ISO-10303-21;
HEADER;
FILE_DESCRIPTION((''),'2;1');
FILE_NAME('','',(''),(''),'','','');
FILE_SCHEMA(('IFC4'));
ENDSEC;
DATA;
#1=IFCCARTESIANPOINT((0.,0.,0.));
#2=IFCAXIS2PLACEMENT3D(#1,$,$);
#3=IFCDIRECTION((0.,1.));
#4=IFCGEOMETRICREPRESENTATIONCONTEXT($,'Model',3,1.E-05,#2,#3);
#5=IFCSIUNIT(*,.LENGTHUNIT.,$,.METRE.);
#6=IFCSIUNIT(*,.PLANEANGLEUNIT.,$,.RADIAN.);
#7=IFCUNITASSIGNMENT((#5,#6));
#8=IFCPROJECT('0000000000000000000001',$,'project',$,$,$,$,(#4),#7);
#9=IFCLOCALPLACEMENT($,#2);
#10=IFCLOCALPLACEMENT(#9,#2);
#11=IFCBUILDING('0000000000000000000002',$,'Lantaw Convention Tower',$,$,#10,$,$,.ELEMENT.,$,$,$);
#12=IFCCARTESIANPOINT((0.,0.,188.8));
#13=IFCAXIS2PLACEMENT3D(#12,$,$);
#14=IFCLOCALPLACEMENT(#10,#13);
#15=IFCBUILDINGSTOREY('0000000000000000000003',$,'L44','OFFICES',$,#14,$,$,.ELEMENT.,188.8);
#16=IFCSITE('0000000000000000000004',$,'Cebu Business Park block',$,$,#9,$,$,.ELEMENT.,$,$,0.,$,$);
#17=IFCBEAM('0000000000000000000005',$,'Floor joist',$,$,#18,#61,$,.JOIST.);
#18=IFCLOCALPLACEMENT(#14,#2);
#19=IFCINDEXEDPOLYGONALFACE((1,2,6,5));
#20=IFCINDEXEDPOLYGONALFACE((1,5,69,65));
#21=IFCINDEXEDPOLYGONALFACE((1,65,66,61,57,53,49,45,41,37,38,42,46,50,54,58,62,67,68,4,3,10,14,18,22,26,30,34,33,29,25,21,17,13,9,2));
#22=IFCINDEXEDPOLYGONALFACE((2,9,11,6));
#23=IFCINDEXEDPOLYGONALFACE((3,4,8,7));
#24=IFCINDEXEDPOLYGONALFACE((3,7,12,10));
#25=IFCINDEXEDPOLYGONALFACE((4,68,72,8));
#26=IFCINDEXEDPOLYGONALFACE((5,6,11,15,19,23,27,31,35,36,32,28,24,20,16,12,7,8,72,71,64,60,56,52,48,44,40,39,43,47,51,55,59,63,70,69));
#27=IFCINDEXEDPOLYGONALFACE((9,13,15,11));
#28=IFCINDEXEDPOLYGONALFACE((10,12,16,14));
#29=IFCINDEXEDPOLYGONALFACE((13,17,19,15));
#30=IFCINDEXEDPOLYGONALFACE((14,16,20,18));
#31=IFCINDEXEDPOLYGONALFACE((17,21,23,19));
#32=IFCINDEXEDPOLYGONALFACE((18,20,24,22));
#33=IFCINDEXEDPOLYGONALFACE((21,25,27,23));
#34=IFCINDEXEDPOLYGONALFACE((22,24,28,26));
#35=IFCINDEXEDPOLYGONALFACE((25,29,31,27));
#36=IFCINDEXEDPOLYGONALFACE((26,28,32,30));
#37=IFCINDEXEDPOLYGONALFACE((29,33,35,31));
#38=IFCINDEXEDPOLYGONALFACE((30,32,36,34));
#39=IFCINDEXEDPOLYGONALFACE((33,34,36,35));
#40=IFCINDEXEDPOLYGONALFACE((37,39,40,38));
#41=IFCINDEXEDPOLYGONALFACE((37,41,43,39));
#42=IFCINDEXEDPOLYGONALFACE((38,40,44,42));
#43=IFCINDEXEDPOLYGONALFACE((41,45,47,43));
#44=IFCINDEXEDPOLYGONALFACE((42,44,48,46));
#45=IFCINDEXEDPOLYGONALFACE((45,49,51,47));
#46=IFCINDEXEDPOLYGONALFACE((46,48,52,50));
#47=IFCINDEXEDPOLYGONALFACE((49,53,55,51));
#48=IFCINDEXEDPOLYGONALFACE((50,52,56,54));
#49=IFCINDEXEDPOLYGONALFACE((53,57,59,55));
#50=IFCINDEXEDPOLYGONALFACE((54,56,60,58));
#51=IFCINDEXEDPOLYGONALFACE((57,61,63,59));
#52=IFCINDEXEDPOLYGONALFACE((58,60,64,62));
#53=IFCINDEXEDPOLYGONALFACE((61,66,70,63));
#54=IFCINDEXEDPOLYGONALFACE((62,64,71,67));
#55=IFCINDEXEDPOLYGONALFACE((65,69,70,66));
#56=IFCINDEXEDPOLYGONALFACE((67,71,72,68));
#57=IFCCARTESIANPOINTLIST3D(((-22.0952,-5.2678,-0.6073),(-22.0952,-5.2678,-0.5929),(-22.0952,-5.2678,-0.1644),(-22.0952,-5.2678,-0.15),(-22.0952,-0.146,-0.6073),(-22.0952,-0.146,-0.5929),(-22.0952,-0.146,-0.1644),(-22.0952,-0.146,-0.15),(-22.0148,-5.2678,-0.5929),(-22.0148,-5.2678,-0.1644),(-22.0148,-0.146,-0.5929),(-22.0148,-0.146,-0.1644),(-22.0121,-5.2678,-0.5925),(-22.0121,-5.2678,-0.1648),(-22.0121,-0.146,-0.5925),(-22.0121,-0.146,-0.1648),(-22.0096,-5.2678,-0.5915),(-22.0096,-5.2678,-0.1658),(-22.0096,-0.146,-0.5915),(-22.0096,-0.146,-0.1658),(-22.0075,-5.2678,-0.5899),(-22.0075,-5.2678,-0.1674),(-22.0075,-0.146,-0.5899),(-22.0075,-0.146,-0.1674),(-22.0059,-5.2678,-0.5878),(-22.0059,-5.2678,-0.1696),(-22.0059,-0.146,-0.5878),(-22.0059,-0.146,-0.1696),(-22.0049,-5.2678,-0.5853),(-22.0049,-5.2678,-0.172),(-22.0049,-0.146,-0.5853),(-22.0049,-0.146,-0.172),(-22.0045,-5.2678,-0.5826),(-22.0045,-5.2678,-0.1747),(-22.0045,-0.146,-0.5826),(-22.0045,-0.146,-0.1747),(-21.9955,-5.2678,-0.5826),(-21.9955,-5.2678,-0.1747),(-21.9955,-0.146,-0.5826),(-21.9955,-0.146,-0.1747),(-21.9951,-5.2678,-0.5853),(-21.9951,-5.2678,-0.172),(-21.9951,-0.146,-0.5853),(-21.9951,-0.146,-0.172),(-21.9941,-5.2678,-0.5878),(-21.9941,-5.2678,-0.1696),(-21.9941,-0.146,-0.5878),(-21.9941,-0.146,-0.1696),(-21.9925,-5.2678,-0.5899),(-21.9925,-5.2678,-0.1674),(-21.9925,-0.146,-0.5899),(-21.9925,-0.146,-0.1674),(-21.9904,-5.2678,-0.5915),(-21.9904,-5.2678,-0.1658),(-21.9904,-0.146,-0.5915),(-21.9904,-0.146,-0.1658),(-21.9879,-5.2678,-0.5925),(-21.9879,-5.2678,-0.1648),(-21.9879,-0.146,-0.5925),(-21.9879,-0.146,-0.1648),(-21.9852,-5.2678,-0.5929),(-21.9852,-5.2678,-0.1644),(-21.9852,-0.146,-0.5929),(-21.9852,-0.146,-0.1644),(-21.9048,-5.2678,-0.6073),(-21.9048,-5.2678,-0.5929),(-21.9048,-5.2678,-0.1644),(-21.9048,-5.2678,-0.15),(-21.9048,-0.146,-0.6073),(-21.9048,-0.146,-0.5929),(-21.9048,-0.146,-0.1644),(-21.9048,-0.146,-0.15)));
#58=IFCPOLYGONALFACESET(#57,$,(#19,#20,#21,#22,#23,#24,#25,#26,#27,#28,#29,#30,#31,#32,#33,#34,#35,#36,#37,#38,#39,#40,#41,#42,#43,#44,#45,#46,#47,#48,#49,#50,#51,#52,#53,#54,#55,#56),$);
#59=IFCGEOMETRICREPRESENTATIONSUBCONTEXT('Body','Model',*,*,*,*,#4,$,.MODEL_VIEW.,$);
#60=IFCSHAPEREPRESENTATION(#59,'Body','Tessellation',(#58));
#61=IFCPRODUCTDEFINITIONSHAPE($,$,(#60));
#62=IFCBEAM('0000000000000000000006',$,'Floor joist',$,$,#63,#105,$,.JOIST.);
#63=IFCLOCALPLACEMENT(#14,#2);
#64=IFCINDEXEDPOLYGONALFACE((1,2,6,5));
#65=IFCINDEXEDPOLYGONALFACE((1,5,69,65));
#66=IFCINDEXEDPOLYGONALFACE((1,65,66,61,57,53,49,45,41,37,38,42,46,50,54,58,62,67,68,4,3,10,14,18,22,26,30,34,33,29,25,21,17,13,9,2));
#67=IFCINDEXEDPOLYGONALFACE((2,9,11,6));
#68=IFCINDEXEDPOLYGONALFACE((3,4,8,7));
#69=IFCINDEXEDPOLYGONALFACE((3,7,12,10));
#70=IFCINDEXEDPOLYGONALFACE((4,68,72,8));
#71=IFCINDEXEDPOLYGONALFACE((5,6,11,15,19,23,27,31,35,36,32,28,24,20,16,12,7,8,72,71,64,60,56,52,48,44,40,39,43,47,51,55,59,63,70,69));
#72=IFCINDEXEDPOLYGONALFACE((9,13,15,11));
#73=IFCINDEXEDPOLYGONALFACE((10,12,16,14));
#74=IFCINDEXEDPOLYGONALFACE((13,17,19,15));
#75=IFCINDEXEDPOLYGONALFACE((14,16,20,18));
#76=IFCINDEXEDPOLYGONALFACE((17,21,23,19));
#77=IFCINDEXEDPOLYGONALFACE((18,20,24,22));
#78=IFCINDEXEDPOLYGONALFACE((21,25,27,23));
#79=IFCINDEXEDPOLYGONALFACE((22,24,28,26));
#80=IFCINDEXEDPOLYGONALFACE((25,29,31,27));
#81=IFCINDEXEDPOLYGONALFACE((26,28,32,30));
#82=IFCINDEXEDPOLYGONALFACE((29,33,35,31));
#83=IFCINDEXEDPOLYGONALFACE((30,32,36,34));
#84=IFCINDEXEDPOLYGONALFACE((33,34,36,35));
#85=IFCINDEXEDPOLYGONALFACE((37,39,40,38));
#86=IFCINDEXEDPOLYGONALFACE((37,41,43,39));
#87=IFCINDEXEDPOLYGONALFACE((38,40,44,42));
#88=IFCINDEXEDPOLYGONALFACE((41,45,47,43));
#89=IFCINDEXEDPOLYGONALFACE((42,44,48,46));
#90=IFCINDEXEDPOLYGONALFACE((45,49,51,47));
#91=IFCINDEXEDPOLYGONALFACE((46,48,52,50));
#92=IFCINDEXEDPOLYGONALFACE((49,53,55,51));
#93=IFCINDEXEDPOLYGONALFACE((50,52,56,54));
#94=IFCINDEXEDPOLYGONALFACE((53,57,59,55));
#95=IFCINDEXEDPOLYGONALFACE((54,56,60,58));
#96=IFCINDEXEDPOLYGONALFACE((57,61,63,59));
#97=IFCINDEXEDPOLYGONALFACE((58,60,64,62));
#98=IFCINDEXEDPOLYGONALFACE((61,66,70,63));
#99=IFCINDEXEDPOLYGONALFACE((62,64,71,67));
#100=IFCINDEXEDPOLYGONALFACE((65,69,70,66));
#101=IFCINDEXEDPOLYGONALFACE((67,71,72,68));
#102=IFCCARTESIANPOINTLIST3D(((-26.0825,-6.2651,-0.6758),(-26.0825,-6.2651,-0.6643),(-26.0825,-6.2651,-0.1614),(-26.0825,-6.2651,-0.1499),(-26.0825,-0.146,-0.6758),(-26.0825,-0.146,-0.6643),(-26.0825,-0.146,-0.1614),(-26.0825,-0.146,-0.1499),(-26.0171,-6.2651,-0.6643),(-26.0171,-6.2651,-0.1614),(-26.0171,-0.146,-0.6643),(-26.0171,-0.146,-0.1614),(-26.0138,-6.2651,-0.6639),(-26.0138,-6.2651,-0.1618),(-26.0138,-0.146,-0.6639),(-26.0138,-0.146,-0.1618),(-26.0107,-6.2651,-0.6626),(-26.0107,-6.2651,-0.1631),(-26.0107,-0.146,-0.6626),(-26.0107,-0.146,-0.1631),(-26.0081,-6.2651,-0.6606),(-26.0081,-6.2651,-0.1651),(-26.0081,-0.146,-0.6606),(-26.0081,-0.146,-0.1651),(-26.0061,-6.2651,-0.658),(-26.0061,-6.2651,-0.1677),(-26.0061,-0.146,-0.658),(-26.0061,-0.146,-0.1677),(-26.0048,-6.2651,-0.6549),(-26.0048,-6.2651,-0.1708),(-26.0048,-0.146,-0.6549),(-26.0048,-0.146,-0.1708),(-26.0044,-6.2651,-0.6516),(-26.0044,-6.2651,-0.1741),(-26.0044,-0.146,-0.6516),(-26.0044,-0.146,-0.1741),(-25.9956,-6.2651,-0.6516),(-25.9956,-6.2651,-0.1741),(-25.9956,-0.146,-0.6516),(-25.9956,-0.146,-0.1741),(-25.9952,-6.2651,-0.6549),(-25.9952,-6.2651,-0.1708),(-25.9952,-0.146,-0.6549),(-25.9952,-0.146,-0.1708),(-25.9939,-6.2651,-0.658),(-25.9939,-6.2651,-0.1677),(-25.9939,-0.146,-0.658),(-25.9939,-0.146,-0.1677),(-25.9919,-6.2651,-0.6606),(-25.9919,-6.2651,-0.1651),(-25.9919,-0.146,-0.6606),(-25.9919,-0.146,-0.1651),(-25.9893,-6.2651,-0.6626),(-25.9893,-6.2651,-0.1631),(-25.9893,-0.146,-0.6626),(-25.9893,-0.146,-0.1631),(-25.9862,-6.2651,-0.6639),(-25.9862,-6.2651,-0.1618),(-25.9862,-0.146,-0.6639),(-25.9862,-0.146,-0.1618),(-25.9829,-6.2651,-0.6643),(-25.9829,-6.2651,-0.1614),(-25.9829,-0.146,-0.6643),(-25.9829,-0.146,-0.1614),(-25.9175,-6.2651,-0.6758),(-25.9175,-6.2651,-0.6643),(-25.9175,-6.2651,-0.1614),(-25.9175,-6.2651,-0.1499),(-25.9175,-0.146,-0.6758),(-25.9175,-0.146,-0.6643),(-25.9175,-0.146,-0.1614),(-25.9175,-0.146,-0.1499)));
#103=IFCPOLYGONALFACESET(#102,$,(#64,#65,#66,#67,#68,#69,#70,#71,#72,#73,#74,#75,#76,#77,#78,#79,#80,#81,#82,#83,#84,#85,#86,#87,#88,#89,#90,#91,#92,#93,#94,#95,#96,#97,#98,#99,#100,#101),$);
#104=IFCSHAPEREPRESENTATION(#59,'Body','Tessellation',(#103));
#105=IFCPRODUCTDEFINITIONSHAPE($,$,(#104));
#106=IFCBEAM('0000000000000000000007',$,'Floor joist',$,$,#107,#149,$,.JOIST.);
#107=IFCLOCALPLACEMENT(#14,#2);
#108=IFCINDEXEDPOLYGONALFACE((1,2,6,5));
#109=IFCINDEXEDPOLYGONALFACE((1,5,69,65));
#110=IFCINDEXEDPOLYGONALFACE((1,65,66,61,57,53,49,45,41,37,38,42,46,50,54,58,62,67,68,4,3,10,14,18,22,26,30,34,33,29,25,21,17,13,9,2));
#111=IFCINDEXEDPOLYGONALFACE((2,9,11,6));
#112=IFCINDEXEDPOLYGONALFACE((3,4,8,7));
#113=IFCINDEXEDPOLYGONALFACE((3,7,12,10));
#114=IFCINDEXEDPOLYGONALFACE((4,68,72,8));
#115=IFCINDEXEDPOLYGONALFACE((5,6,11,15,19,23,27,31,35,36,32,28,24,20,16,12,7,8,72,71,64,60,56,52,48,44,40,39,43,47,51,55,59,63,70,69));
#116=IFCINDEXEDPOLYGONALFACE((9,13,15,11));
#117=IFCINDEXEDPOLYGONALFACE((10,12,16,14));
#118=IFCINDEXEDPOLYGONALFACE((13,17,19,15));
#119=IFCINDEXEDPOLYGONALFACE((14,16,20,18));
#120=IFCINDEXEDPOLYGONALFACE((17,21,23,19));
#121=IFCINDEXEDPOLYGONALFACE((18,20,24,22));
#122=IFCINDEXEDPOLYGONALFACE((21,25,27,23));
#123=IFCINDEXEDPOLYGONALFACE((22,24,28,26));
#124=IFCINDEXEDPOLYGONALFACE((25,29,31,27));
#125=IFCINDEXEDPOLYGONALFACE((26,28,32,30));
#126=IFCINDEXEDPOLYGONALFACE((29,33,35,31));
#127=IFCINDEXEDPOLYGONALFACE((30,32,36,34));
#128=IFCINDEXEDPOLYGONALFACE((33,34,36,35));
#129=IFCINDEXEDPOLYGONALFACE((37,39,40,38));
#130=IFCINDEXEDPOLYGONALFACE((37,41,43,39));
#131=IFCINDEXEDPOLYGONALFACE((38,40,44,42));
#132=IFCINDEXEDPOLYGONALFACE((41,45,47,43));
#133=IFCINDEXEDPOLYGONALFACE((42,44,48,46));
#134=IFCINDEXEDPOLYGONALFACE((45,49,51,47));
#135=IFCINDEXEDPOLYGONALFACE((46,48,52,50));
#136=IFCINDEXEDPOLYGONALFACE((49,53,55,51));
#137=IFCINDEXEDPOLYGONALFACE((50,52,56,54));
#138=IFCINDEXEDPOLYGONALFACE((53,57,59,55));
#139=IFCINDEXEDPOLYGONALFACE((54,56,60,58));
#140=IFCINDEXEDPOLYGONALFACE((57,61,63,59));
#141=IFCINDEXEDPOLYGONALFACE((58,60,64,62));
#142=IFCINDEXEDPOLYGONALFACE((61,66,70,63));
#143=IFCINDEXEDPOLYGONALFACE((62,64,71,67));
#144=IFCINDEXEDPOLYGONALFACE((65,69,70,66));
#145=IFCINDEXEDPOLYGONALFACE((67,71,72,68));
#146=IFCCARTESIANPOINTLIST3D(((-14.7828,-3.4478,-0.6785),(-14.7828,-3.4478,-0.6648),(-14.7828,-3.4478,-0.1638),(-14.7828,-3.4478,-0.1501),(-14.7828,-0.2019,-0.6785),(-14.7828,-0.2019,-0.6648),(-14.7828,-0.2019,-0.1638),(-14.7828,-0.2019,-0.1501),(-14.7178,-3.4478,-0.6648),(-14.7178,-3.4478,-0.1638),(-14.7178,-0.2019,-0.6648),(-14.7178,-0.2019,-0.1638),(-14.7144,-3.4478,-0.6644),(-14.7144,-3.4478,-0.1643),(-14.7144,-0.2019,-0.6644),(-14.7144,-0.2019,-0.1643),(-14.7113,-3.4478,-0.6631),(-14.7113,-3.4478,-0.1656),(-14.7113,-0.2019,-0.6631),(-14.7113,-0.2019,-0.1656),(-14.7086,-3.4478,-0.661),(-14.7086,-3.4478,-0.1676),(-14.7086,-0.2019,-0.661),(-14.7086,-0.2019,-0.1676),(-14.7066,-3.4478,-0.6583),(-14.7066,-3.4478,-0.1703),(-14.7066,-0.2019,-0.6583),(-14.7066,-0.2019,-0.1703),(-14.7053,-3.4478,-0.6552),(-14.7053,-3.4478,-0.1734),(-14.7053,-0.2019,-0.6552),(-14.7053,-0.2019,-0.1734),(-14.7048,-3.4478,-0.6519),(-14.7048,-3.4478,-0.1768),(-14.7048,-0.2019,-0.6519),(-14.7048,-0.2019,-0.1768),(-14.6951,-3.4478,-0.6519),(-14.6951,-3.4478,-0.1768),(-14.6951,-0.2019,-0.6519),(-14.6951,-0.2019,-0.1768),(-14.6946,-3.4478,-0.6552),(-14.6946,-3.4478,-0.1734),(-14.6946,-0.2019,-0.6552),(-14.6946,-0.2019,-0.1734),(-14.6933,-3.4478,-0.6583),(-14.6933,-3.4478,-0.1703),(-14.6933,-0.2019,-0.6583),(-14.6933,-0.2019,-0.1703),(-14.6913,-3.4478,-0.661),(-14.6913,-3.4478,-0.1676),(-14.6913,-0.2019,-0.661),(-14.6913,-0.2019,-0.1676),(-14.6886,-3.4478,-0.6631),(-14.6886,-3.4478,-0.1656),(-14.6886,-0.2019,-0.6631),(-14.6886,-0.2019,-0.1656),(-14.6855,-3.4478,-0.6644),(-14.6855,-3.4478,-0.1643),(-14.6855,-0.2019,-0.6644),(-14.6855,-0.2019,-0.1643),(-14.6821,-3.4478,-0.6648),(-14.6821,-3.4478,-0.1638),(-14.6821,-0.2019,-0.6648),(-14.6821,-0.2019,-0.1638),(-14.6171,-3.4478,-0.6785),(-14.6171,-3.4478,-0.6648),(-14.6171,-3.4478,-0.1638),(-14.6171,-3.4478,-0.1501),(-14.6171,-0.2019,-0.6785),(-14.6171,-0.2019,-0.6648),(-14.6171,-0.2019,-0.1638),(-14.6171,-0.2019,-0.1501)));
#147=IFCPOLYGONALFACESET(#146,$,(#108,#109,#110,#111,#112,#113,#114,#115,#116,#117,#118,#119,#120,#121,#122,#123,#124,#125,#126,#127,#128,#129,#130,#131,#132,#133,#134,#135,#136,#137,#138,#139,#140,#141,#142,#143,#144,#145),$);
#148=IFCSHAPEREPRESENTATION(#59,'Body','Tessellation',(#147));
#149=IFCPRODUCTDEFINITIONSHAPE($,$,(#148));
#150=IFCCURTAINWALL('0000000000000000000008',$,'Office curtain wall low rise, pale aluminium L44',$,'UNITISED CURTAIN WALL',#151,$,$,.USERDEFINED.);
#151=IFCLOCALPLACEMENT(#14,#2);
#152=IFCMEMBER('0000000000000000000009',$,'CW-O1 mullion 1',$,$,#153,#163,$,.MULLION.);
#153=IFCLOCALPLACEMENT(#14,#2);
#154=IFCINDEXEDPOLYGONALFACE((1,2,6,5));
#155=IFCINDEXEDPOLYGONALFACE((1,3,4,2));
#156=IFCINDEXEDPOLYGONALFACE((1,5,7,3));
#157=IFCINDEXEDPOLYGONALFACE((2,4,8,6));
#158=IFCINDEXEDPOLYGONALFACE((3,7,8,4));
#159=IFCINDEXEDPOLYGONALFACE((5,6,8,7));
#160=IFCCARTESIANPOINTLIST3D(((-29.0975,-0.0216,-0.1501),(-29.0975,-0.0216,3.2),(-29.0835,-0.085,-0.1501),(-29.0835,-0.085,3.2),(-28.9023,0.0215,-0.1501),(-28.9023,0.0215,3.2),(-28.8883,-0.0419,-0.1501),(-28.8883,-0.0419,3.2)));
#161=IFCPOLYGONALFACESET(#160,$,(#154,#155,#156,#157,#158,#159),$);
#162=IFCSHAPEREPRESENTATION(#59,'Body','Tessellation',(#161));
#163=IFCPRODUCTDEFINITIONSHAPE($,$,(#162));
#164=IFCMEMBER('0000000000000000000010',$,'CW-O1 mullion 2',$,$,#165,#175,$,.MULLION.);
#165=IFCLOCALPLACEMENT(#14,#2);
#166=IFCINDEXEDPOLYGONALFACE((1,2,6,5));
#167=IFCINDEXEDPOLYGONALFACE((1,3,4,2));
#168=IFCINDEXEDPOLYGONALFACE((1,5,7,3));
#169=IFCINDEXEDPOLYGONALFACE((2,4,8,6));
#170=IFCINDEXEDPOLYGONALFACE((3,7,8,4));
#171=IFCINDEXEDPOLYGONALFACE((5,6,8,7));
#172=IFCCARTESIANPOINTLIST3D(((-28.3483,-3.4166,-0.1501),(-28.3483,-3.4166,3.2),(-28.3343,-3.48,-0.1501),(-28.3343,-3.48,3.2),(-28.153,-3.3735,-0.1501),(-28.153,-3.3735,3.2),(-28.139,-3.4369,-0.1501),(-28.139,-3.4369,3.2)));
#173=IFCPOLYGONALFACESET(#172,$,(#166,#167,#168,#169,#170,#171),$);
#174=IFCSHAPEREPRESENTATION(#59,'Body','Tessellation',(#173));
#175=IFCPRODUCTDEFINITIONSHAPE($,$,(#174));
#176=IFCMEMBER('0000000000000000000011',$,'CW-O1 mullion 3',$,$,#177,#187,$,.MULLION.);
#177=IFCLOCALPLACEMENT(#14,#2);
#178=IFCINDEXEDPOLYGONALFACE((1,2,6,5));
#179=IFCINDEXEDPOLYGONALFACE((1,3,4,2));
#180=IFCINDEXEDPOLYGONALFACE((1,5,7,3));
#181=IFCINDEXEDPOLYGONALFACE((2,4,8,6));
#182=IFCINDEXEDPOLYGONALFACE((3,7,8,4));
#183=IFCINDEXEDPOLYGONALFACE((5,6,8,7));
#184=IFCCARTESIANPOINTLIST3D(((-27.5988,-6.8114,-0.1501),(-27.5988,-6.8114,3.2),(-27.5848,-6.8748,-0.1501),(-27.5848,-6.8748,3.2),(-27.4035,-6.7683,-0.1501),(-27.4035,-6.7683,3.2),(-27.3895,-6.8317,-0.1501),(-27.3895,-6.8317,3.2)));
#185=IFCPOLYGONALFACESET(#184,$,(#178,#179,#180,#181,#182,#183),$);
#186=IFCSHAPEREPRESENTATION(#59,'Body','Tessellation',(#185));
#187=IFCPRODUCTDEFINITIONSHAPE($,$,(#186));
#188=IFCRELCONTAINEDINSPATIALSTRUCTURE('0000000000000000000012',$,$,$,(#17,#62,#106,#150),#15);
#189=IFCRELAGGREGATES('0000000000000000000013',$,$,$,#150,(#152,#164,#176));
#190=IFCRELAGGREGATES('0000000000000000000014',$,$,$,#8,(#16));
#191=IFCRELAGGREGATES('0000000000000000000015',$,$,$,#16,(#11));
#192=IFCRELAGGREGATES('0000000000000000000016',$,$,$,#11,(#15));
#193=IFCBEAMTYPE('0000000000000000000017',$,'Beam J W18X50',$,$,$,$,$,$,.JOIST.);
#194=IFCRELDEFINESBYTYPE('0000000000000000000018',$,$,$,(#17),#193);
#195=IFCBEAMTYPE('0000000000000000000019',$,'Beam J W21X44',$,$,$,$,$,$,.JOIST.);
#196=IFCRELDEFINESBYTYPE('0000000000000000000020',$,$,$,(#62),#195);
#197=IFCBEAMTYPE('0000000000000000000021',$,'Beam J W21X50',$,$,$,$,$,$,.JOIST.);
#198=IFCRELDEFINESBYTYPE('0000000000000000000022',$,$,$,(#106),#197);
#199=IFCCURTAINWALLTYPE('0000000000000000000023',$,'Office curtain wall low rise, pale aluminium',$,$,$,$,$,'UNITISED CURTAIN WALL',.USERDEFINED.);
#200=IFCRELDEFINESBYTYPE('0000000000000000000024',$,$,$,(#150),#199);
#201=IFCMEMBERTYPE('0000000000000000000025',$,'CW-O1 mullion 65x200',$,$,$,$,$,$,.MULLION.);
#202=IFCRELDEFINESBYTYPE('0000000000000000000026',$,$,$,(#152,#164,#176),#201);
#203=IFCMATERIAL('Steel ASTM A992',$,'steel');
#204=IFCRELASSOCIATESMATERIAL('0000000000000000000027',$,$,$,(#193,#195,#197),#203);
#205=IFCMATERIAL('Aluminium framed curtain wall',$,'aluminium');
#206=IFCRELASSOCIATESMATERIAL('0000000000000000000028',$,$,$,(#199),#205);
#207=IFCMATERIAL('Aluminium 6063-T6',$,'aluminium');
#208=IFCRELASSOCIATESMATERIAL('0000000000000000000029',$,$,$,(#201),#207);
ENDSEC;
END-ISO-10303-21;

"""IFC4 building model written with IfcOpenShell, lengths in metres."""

from ifc_helpers import new_model, si_unit, direction, frame, origin, origin_2d, place, context, subcontext, project, spatial, rectangle, i_section, extrude, material, material_profile, profile_set, type_object, element, aggregate, save


model = new_model("IFC4")

# Units and contexts
model_context = context("Model", 3, precision=1e-05, world=origin(), true_north=direction((0.0, 1.0)))
body_context = subcontext(model_context, "Body", "Model", "MODEL_VIEW")
ifc_project = project(units=[si_unit("LENGTHUNIT", "METRE"), si_unit("PLANEANGLEUNIT", "RADIAN")], contexts=[model_context])

# Site, building, storey
site_placement = place(None, origin())
site = spatial("IfcSite", under=ifc_project, at=site_placement, Name="Cebu Business Park block", CompositionType="ELEMENT", RefElevation=0.0)
building_placement = place(site_placement, origin())
building = spatial("IfcBuilding", under=site, at=building_placement, Name="Lantaw Convention Tower", CompositionType="ELEMENT")
storey_placement = place(building_placement, frame((0.0, 0.0, 188.8)))
storey = spatial("IfcBuildingStorey", under=building, at=storey_placement, Name="L44", Description="OFFICES", CompositionType="ELEMENT", Elevation=188.8)

# Beams
ifc_material_1 = material(Name="Steel ASTM A992", Category="steel")
ifc_material_profile_1 = material_profile(ifc_material_1, i_section(OverallWidth=0.1904, OverallDepth=0.4573, WebThickness=0.009, FlangeThickness=0.0144, FilletRadius=0.0103, at=origin_2d()), Name="W18X50")
ifc_profile_set_1 = profile_set([ifc_material_profile_1], Name="Steel ASTM A992")
beam_type_1 = type_object("IfcBeamType", Name="Beam J W18X50", PredefinedType="JOIST", material=ifc_profile_set_1)
beam_1_placement = place(storey_placement, frame((-22.0, -5.2678, -0.3787), z_axis=(0.0, 1.0, 0.0), x_axis=(-1.0, 0.0, 0.0)))
element("IfcBeam", 1, at=beam_1_placement, inside=storey, type_object=beam_type_1, Name="Floor joist", PredefinedType="JOIST", context=body_context, shape_type="SweptSolid", body=[
    extrude(i_section(OverallWidth=0.1904, OverallDepth=0.4573, WebThickness=0.009, FlangeThickness=0.0144, FilletRadius=0.0103, at=origin_2d()), origin(), (0.0, 0.0, 1.0), 5.1218),
])
ifc_material_profile_2 = material_profile(ifc_material_1, i_section(OverallWidth=0.165, OverallDepth=0.5259, WebThickness=0.0088, FlangeThickness=0.0115, FilletRadius=0.0127, at=origin_2d()), Name="W21X44")
ifc_profile_set_2 = profile_set([ifc_material_profile_2], Name="Steel ASTM A992")
beam_type_2 = type_object("IfcBeamType", Name="Beam J W21X44", PredefinedType="JOIST", material=ifc_profile_set_2)
beam_2_placement = place(storey_placement, frame((-26.0, -6.2651, -0.4128), z_axis=(0.0, 1.0, 0.0), x_axis=(-1.0, 0.0, 0.0)))
element("IfcBeam", 2, at=beam_2_placement, inside=storey, type_object=beam_type_2, Name="Floor joist", PredefinedType="JOIST", context=body_context, shape_type="SweptSolid", body=[
    extrude(i_section(OverallWidth=0.165, OverallDepth=0.5259, WebThickness=0.0088, FlangeThickness=0.0115, FilletRadius=0.0127, at=origin_2d()), origin(), (0.0, 0.0, 1.0), 6.1191),
])
ifc_material_profile_3 = material_profile(ifc_material_1, i_section(OverallWidth=0.1658, OverallDepth=0.5283, WebThickness=0.0098, FlangeThickness=0.0137, FilletRadius=0.0129, at=origin_2d()), Name="W21X50")
ifc_profile_set_3 = profile_set([ifc_material_profile_3], Name="Steel ASTM A992")
beam_type_3 = type_object("IfcBeamType", Name="Beam J W21X50", PredefinedType="JOIST", material=ifc_profile_set_3)
beam_3_placement = place(storey_placement, frame((-14.7, -3.4478, -0.4143), z_axis=(0.0, 1.0, 0.0), x_axis=(-1.0, 0.0, 0.0)))
element("IfcBeam", 3, at=beam_3_placement, inside=storey, type_object=beam_type_3, Name="Floor joist", PredefinedType="JOIST", context=body_context, shape_type="SweptSolid", body=[
    extrude(i_section(OverallWidth=0.1658, OverallDepth=0.5283, WebThickness=0.0098, FlangeThickness=0.0137, FilletRadius=0.0129, at=origin_2d()), origin(), (0.0, 0.0, 1.0), 3.2458),
])

# Curtain wall, members
ifc_material_2 = material(Name="Aluminium framed curtain wall", Category="aluminium")
curtain_wall_type = type_object("IfcCurtainWallType", Name="Office curtain wall low rise, pale aluminium", ElementType="UNITISED CURTAIN WALL", PredefinedType="USERDEFINED", material=ifc_material_2)
curtain_wall_1_placement = place(storey_placement, origin())
curtain_wall_1 = element("IfcCurtainWall", 4, at=curtain_wall_1_placement, inside=storey, type_object=curtain_wall_type, Name="Office curtain wall low rise, pale aluminium L44", ObjectType="UNITISED CURTAIN WALL", PredefinedType="USERDEFINED")
ifc_material_3 = material(Name="Aluminium 6063-T6", Category="aluminium")
ifc_material_profile_4 = material_profile(ifc_material_3, rectangle(XDim=0.2, YDim=0.0649, at=origin_2d()), Name="CW-O1 mullion 65x200")
ifc_profile_set_4 = profile_set([ifc_material_profile_4], Name="Aluminium 6063-T6")
member_type_1 = type_object("IfcMemberType", Name="CW-O1 mullion 65x200", PredefinedType="MULLION", material=ifc_profile_set_4)
member_1_placement = place(storey_placement, frame((-28.9929, -0.0317, -0.1501), z_axis=(0.0, 0.0, 1.0), x_axis=(0.976494, 0.215546, 0.0)))
member_1 = element("IfcMember", 5, at=member_1_placement, type_object=member_type_1, Name="CW-O1 mullion 1", PredefinedType="MULLION", context=body_context, shape_type="SweptSolid", body=[
    extrude(rectangle(XDim=0.2, YDim=0.0649, at=origin_2d()), origin(), (0.0, 0.0, 1.0), 3.3501),
])
member_2_placement = place(storey_placement, frame((-28.2437, -3.4268, -0.1501), z_axis=(0.0, 0.0, 1.0), x_axis=(0.976494, 0.215546, 0.0)))
member_2 = element("IfcMember", 6, at=member_2_placement, type_object=member_type_1, Name="CW-O1 mullion 2", PredefinedType="MULLION", context=body_context, shape_type="SweptSolid", body=[
    extrude(rectangle(XDim=0.2, YDim=0.0649, at=origin_2d()), origin(), (0.0, 0.0, 1.0), 3.3501),
])
member_3_placement = place(storey_placement, frame((-27.4941, -6.8215, -0.1501), z_axis=(0.0, 0.0, 1.0), x_axis=(0.976494, 0.215546, 0.0)))
member_3 = element("IfcMember", 7, at=member_3_placement, type_object=member_type_1, Name="CW-O1 mullion 3", PredefinedType="MULLION", context=body_context, shape_type="SweptSolid", body=[
    extrude(rectangle(XDim=0.2, YDim=0.0649, at=origin_2d()), origin(), (0.0, 0.0, 1.0), 3.3501),
])

aggregate(curtain_wall_1, [member_1, member_2, member_3])

save(model, "model.ifc")
